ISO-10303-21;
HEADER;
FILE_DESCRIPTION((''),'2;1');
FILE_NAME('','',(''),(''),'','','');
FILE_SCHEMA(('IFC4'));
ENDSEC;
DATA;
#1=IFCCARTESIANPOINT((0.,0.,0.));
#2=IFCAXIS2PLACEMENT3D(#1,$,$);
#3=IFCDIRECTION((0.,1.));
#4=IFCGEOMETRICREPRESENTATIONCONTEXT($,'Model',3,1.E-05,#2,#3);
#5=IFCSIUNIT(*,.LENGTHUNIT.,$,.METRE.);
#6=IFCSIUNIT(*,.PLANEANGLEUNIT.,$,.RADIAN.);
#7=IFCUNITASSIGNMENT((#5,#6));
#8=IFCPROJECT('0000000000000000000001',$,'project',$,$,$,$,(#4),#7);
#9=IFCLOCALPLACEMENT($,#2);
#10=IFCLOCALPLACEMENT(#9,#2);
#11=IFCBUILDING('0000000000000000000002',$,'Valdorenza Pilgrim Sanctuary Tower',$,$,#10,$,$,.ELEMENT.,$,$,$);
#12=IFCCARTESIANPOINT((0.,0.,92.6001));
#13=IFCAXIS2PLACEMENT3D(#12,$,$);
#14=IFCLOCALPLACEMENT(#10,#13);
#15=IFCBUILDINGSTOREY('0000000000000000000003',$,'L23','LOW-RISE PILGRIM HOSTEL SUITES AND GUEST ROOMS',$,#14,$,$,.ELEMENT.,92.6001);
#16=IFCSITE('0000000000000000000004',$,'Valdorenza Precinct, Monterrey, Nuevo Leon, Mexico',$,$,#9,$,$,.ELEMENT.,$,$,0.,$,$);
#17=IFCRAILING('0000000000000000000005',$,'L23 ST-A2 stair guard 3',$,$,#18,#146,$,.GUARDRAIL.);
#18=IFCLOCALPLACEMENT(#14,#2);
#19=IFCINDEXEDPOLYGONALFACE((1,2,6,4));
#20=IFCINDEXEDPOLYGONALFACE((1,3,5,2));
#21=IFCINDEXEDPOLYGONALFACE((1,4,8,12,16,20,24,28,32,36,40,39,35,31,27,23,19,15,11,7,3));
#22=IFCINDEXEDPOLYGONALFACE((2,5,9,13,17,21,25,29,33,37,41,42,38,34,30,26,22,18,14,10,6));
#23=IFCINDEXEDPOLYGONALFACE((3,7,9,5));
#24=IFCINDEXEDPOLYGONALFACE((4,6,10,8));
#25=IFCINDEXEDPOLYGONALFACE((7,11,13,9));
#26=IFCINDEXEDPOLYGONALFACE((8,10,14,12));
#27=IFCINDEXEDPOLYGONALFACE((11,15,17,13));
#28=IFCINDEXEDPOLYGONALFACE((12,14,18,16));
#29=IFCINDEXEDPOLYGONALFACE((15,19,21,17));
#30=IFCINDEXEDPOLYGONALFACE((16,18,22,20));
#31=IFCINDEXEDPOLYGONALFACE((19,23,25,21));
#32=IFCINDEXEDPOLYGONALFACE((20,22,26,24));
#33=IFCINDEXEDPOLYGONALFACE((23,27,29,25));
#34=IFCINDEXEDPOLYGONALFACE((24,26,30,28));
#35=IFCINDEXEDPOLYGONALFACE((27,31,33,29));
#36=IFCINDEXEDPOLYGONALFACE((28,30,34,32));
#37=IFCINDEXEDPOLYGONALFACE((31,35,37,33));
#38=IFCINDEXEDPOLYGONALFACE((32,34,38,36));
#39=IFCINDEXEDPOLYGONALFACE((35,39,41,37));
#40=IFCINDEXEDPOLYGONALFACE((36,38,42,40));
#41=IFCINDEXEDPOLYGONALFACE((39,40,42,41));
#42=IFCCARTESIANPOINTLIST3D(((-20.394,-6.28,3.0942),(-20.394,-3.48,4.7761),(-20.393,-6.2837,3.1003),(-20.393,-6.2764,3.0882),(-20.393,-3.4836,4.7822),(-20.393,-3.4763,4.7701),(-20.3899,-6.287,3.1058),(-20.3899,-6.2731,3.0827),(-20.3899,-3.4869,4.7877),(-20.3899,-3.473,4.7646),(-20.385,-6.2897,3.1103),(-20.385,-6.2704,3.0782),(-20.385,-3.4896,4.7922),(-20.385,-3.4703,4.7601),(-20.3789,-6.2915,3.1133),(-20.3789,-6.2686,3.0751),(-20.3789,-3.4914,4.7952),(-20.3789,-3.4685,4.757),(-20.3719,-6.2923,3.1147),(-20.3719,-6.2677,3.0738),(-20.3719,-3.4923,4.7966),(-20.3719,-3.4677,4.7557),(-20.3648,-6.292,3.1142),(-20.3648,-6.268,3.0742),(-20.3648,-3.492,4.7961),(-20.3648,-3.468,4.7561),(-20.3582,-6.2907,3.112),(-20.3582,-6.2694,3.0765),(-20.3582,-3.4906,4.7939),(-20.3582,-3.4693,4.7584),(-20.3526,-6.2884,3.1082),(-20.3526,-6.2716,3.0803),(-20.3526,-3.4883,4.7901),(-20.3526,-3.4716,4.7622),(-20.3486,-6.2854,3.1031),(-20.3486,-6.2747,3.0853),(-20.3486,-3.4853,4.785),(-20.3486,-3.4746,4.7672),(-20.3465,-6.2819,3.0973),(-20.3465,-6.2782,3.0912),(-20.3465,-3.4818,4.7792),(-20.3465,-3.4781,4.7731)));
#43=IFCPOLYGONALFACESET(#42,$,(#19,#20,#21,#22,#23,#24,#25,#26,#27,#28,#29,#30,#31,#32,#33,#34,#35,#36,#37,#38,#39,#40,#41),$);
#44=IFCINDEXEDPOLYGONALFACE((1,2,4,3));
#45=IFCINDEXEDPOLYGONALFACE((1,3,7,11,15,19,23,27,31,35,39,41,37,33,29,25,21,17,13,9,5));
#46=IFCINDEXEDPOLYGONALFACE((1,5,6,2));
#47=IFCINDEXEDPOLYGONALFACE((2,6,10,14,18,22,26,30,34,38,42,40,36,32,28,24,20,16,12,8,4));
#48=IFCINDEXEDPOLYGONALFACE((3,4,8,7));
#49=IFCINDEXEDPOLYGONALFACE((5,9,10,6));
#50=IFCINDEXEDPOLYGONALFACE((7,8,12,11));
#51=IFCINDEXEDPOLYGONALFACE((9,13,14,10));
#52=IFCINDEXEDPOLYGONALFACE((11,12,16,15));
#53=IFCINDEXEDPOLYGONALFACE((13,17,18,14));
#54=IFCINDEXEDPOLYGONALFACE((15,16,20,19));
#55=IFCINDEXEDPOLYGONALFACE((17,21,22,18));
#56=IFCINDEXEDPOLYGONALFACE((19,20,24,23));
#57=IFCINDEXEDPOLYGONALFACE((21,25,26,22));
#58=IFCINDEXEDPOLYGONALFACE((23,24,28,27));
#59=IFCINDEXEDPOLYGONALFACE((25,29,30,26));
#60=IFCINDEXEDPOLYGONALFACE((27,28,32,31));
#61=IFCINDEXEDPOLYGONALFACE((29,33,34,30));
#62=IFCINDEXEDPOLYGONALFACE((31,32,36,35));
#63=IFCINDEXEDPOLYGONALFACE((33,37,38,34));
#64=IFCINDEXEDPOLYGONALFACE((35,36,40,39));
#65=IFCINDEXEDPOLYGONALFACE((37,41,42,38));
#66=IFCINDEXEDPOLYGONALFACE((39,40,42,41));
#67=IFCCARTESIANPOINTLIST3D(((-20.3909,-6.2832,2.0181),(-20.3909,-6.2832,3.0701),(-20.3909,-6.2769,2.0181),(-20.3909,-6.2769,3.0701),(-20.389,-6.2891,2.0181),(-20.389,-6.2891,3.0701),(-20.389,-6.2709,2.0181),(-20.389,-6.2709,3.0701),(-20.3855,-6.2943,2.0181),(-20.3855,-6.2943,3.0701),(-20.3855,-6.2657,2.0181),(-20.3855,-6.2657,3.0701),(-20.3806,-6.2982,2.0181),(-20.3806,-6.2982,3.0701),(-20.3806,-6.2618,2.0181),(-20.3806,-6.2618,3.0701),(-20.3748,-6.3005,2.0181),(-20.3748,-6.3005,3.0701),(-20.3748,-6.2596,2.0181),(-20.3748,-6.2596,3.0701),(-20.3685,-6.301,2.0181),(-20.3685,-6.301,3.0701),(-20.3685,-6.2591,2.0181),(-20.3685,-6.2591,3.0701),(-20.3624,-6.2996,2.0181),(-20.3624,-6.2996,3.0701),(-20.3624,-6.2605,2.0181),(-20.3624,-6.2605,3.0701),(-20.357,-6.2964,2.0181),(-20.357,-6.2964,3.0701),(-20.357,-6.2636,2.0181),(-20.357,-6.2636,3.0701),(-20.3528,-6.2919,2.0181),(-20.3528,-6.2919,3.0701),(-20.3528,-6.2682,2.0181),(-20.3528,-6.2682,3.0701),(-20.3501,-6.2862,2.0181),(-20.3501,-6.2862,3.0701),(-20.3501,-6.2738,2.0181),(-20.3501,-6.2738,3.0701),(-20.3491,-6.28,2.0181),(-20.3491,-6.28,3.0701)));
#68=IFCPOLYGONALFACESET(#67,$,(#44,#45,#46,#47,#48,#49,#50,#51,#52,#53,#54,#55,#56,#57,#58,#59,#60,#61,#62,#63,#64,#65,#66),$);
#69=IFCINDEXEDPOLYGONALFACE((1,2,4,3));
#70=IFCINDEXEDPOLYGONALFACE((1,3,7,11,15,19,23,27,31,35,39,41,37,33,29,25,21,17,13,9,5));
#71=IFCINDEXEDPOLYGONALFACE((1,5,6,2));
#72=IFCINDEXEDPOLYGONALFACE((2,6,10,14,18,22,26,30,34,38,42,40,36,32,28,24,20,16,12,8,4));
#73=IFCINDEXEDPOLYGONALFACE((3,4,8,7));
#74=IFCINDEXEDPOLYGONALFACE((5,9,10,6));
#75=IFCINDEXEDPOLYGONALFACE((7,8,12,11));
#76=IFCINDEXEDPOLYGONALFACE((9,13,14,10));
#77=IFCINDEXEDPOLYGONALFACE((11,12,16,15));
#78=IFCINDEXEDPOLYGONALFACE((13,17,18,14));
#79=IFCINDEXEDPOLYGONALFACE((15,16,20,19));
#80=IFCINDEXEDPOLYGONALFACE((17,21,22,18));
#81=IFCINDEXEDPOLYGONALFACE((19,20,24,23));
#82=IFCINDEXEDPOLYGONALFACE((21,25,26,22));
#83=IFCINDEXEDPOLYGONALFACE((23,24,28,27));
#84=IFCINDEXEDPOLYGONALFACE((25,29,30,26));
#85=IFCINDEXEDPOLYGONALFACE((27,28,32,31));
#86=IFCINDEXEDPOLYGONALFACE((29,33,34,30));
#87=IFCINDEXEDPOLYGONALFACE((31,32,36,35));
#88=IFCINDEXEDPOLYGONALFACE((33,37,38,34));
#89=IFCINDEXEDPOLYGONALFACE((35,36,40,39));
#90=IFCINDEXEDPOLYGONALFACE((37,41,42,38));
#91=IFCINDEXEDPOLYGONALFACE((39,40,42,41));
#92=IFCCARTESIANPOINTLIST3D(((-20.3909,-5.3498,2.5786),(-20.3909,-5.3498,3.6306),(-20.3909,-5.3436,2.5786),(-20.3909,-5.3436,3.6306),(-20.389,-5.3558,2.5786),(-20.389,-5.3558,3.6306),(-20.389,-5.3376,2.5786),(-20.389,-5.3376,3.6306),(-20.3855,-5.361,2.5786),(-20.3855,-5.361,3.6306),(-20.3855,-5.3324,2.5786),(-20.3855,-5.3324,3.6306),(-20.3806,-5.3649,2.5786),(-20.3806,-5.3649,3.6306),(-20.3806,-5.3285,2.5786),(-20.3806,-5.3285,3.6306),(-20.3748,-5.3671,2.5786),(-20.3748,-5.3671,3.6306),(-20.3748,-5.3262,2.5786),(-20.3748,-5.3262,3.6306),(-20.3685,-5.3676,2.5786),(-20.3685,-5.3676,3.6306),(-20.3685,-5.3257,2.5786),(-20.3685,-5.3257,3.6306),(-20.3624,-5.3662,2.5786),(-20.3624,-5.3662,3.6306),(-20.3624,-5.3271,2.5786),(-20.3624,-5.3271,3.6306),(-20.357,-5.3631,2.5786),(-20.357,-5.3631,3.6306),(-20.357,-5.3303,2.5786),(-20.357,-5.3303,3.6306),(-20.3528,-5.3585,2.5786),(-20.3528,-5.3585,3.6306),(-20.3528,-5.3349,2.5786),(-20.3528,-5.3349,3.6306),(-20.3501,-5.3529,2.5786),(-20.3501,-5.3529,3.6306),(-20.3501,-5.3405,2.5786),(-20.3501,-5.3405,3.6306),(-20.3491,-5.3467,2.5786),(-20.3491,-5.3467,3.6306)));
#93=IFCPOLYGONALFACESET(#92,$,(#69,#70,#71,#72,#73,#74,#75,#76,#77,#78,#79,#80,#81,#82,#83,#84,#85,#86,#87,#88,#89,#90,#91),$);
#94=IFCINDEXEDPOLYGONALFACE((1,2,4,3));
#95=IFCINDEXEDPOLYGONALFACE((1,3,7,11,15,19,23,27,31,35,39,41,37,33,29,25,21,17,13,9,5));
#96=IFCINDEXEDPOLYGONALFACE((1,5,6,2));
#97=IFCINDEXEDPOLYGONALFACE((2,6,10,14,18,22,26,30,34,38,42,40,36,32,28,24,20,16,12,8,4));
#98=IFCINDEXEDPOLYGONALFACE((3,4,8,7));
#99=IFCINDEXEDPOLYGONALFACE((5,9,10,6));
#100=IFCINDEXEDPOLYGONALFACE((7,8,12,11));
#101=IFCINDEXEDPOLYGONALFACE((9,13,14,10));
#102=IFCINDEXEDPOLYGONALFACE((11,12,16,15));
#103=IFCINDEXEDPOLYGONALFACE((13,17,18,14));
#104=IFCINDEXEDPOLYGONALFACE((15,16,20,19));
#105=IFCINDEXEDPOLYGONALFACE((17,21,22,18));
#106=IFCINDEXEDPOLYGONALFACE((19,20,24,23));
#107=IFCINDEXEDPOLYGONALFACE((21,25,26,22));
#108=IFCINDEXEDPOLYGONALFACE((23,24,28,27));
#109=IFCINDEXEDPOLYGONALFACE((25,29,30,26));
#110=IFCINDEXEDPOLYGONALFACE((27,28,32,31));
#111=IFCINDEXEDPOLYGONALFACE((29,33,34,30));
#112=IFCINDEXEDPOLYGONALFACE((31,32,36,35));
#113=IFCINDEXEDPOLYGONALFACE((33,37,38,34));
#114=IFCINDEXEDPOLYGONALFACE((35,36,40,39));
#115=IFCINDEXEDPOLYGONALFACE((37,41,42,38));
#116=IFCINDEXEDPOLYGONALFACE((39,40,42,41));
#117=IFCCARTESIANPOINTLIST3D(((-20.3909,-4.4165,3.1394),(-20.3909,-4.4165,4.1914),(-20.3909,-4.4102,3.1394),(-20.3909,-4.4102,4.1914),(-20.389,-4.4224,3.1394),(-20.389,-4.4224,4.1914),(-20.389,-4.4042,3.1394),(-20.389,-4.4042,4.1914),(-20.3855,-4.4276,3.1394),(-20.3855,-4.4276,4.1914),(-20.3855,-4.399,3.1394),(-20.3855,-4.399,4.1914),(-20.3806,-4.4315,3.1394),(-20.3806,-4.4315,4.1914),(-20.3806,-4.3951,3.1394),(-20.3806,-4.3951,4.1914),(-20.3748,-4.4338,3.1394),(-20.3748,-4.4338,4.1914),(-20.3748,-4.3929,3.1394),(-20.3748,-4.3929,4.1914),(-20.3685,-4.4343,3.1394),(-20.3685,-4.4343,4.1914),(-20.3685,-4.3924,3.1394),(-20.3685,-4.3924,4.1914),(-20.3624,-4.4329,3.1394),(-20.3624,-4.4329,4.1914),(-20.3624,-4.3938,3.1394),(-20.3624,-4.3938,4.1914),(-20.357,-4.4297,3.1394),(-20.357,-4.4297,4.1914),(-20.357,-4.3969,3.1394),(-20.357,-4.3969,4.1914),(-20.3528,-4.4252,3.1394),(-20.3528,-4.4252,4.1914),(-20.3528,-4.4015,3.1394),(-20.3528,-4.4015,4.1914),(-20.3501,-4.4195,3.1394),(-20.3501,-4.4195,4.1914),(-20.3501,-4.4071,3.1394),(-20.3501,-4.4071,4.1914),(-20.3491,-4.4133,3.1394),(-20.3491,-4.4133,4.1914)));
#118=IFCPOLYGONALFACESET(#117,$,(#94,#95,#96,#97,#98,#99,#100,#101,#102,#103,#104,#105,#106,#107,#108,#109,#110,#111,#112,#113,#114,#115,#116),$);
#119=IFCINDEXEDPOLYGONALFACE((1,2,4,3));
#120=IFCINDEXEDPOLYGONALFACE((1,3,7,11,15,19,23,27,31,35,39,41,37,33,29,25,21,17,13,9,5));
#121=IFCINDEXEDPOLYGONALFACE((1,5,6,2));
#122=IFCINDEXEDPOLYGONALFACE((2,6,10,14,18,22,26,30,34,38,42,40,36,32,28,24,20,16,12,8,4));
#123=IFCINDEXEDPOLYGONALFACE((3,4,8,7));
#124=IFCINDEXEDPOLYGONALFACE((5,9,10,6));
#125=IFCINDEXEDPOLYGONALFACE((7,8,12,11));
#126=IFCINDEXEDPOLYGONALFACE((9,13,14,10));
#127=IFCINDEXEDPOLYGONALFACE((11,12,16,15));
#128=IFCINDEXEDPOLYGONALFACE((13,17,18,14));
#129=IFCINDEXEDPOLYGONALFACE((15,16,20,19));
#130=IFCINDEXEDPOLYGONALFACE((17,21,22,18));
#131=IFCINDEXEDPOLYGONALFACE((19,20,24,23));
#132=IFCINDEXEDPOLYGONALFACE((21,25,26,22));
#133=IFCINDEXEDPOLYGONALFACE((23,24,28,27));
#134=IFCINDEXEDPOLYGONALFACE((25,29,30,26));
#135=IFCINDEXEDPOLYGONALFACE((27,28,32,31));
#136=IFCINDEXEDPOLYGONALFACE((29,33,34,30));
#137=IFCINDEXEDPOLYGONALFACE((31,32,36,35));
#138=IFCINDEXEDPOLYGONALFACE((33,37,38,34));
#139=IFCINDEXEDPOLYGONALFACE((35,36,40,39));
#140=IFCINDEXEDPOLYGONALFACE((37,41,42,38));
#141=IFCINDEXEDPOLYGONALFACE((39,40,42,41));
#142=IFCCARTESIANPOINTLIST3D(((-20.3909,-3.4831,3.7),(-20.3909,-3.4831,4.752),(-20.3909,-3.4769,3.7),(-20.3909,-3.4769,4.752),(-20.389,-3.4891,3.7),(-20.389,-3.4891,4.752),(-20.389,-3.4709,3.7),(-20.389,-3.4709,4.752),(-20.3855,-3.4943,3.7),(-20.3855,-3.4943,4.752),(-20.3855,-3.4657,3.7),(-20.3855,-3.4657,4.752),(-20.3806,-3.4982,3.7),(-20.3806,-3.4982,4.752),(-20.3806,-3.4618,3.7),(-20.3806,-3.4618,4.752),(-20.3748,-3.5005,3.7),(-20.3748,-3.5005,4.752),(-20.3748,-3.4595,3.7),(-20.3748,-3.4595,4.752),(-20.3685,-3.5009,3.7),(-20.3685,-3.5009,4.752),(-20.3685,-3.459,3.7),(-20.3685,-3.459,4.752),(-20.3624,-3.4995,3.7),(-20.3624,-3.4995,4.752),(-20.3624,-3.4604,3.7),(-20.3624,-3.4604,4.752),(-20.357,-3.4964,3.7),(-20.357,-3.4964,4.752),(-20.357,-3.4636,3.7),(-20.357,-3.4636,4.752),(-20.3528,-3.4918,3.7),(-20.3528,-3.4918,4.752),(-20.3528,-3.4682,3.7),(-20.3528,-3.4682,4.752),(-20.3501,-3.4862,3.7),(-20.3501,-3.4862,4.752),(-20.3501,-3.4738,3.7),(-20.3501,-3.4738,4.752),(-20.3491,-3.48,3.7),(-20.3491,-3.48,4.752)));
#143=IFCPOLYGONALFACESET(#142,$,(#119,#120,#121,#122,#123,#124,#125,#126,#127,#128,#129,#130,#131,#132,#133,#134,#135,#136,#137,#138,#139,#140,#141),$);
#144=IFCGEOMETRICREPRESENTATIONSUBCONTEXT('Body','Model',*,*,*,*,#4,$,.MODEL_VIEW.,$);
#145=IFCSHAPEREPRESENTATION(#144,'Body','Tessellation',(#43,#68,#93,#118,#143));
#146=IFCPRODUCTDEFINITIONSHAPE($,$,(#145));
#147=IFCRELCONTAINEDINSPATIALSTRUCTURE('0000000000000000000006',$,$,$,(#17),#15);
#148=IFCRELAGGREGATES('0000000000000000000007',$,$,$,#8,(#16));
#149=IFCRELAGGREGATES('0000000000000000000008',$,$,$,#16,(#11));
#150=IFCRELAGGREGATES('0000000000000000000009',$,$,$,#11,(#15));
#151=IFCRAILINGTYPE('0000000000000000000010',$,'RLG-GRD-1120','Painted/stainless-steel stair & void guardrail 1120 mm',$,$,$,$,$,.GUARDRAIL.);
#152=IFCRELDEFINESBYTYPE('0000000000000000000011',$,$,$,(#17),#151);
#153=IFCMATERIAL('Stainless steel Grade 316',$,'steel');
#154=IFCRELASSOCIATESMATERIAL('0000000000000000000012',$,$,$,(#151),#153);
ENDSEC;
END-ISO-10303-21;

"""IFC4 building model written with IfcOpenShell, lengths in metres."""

from ifc_helpers import new_model, si_unit, direction, frame, origin, origin_2d, place, context, subcontext, project, spatial, circle, extrude, material, type_object, element, save


model = new_model("IFC4")

# Units and contexts
model_context = context("Model", 3, precision=1e-05, world=origin(), true_north=direction((0.0, 1.0)))
body_context = subcontext(model_context, "Body", "Model", "MODEL_VIEW")
ifc_project = project(units=[si_unit("LENGTHUNIT", "METRE"), si_unit("PLANEANGLEUNIT", "RADIAN")], contexts=[model_context])

# Site, building, storey
site_placement = place(None, origin())
site = spatial("IfcSite", under=ifc_project, at=site_placement, Name="Valdorenza Precinct, Monterrey, Nuevo Leon, Mexico", CompositionType="ELEMENT", RefElevation=0.0)
building_placement = place(site_placement, origin())
building = spatial("IfcBuilding", under=site, at=building_placement, Name="Valdorenza Pilgrim Sanctuary Tower", CompositionType="ELEMENT")
storey_placement = place(building_placement, frame((0.0, 0.0, 92.6001)))
storey = spatial("IfcBuildingStorey", under=building, at=storey_placement, Name="L23", Description="LOW-RISE PILGRIM HOSTEL SUITES AND GUEST ROOMS", CompositionType="ELEMENT", Elevation=92.6001)

# Railing
ifc_material_1 = material(Name="Stainless steel Grade 316", Category="steel")
railing_type_1 = type_object("IfcRailingType", Name="RLG-GRD-1120", Description="Painted/stainless-steel stair & void guardrail 1120 mm", PredefinedType="GUARDRAIL", material=ifc_material_1)
railing_1_placement = place(storey_placement, frame((-20.3701, -6.28, 2.0181)))
element("IfcRailing", 1, at=railing_1_placement, inside=storey, type_object=railing_type_1, Name="L23 ST-A2 stair guard 3", PredefinedType="GUARDRAIL", context=body_context, shape_type="SweptSolid", body=[
    extrude(circle(Radius=0.0239, at=origin_2d()), frame((0.0, 0.0, 1.0762), z_axis=(0.0, 0.857242, 0.514913), x_axis=(-1.0, 0.0, 0.0)), (0.0, 0.0, 1.0), 3.2664),
    extrude(circle(Radius=0.021, at=origin_2d()), origin(), (0.0, 0.0, 1.0), 1.052),
    extrude(circle(Radius=0.021, at=origin_2d()), frame((0.0, 0.9333, 0.5605)), (0.0, 0.0, 1.0), 1.052),
    extrude(circle(Radius=0.021, at=origin_2d()), frame((0.0, 1.8667, 1.1213)), (0.0, 0.0, 1.0), 1.052),
    extrude(circle(Radius=0.021, at=origin_2d()), frame((0.0, 2.8, 1.6819)), (0.0, 0.0, 1.0), 1.052),
])

save(model, "model.ifc")
